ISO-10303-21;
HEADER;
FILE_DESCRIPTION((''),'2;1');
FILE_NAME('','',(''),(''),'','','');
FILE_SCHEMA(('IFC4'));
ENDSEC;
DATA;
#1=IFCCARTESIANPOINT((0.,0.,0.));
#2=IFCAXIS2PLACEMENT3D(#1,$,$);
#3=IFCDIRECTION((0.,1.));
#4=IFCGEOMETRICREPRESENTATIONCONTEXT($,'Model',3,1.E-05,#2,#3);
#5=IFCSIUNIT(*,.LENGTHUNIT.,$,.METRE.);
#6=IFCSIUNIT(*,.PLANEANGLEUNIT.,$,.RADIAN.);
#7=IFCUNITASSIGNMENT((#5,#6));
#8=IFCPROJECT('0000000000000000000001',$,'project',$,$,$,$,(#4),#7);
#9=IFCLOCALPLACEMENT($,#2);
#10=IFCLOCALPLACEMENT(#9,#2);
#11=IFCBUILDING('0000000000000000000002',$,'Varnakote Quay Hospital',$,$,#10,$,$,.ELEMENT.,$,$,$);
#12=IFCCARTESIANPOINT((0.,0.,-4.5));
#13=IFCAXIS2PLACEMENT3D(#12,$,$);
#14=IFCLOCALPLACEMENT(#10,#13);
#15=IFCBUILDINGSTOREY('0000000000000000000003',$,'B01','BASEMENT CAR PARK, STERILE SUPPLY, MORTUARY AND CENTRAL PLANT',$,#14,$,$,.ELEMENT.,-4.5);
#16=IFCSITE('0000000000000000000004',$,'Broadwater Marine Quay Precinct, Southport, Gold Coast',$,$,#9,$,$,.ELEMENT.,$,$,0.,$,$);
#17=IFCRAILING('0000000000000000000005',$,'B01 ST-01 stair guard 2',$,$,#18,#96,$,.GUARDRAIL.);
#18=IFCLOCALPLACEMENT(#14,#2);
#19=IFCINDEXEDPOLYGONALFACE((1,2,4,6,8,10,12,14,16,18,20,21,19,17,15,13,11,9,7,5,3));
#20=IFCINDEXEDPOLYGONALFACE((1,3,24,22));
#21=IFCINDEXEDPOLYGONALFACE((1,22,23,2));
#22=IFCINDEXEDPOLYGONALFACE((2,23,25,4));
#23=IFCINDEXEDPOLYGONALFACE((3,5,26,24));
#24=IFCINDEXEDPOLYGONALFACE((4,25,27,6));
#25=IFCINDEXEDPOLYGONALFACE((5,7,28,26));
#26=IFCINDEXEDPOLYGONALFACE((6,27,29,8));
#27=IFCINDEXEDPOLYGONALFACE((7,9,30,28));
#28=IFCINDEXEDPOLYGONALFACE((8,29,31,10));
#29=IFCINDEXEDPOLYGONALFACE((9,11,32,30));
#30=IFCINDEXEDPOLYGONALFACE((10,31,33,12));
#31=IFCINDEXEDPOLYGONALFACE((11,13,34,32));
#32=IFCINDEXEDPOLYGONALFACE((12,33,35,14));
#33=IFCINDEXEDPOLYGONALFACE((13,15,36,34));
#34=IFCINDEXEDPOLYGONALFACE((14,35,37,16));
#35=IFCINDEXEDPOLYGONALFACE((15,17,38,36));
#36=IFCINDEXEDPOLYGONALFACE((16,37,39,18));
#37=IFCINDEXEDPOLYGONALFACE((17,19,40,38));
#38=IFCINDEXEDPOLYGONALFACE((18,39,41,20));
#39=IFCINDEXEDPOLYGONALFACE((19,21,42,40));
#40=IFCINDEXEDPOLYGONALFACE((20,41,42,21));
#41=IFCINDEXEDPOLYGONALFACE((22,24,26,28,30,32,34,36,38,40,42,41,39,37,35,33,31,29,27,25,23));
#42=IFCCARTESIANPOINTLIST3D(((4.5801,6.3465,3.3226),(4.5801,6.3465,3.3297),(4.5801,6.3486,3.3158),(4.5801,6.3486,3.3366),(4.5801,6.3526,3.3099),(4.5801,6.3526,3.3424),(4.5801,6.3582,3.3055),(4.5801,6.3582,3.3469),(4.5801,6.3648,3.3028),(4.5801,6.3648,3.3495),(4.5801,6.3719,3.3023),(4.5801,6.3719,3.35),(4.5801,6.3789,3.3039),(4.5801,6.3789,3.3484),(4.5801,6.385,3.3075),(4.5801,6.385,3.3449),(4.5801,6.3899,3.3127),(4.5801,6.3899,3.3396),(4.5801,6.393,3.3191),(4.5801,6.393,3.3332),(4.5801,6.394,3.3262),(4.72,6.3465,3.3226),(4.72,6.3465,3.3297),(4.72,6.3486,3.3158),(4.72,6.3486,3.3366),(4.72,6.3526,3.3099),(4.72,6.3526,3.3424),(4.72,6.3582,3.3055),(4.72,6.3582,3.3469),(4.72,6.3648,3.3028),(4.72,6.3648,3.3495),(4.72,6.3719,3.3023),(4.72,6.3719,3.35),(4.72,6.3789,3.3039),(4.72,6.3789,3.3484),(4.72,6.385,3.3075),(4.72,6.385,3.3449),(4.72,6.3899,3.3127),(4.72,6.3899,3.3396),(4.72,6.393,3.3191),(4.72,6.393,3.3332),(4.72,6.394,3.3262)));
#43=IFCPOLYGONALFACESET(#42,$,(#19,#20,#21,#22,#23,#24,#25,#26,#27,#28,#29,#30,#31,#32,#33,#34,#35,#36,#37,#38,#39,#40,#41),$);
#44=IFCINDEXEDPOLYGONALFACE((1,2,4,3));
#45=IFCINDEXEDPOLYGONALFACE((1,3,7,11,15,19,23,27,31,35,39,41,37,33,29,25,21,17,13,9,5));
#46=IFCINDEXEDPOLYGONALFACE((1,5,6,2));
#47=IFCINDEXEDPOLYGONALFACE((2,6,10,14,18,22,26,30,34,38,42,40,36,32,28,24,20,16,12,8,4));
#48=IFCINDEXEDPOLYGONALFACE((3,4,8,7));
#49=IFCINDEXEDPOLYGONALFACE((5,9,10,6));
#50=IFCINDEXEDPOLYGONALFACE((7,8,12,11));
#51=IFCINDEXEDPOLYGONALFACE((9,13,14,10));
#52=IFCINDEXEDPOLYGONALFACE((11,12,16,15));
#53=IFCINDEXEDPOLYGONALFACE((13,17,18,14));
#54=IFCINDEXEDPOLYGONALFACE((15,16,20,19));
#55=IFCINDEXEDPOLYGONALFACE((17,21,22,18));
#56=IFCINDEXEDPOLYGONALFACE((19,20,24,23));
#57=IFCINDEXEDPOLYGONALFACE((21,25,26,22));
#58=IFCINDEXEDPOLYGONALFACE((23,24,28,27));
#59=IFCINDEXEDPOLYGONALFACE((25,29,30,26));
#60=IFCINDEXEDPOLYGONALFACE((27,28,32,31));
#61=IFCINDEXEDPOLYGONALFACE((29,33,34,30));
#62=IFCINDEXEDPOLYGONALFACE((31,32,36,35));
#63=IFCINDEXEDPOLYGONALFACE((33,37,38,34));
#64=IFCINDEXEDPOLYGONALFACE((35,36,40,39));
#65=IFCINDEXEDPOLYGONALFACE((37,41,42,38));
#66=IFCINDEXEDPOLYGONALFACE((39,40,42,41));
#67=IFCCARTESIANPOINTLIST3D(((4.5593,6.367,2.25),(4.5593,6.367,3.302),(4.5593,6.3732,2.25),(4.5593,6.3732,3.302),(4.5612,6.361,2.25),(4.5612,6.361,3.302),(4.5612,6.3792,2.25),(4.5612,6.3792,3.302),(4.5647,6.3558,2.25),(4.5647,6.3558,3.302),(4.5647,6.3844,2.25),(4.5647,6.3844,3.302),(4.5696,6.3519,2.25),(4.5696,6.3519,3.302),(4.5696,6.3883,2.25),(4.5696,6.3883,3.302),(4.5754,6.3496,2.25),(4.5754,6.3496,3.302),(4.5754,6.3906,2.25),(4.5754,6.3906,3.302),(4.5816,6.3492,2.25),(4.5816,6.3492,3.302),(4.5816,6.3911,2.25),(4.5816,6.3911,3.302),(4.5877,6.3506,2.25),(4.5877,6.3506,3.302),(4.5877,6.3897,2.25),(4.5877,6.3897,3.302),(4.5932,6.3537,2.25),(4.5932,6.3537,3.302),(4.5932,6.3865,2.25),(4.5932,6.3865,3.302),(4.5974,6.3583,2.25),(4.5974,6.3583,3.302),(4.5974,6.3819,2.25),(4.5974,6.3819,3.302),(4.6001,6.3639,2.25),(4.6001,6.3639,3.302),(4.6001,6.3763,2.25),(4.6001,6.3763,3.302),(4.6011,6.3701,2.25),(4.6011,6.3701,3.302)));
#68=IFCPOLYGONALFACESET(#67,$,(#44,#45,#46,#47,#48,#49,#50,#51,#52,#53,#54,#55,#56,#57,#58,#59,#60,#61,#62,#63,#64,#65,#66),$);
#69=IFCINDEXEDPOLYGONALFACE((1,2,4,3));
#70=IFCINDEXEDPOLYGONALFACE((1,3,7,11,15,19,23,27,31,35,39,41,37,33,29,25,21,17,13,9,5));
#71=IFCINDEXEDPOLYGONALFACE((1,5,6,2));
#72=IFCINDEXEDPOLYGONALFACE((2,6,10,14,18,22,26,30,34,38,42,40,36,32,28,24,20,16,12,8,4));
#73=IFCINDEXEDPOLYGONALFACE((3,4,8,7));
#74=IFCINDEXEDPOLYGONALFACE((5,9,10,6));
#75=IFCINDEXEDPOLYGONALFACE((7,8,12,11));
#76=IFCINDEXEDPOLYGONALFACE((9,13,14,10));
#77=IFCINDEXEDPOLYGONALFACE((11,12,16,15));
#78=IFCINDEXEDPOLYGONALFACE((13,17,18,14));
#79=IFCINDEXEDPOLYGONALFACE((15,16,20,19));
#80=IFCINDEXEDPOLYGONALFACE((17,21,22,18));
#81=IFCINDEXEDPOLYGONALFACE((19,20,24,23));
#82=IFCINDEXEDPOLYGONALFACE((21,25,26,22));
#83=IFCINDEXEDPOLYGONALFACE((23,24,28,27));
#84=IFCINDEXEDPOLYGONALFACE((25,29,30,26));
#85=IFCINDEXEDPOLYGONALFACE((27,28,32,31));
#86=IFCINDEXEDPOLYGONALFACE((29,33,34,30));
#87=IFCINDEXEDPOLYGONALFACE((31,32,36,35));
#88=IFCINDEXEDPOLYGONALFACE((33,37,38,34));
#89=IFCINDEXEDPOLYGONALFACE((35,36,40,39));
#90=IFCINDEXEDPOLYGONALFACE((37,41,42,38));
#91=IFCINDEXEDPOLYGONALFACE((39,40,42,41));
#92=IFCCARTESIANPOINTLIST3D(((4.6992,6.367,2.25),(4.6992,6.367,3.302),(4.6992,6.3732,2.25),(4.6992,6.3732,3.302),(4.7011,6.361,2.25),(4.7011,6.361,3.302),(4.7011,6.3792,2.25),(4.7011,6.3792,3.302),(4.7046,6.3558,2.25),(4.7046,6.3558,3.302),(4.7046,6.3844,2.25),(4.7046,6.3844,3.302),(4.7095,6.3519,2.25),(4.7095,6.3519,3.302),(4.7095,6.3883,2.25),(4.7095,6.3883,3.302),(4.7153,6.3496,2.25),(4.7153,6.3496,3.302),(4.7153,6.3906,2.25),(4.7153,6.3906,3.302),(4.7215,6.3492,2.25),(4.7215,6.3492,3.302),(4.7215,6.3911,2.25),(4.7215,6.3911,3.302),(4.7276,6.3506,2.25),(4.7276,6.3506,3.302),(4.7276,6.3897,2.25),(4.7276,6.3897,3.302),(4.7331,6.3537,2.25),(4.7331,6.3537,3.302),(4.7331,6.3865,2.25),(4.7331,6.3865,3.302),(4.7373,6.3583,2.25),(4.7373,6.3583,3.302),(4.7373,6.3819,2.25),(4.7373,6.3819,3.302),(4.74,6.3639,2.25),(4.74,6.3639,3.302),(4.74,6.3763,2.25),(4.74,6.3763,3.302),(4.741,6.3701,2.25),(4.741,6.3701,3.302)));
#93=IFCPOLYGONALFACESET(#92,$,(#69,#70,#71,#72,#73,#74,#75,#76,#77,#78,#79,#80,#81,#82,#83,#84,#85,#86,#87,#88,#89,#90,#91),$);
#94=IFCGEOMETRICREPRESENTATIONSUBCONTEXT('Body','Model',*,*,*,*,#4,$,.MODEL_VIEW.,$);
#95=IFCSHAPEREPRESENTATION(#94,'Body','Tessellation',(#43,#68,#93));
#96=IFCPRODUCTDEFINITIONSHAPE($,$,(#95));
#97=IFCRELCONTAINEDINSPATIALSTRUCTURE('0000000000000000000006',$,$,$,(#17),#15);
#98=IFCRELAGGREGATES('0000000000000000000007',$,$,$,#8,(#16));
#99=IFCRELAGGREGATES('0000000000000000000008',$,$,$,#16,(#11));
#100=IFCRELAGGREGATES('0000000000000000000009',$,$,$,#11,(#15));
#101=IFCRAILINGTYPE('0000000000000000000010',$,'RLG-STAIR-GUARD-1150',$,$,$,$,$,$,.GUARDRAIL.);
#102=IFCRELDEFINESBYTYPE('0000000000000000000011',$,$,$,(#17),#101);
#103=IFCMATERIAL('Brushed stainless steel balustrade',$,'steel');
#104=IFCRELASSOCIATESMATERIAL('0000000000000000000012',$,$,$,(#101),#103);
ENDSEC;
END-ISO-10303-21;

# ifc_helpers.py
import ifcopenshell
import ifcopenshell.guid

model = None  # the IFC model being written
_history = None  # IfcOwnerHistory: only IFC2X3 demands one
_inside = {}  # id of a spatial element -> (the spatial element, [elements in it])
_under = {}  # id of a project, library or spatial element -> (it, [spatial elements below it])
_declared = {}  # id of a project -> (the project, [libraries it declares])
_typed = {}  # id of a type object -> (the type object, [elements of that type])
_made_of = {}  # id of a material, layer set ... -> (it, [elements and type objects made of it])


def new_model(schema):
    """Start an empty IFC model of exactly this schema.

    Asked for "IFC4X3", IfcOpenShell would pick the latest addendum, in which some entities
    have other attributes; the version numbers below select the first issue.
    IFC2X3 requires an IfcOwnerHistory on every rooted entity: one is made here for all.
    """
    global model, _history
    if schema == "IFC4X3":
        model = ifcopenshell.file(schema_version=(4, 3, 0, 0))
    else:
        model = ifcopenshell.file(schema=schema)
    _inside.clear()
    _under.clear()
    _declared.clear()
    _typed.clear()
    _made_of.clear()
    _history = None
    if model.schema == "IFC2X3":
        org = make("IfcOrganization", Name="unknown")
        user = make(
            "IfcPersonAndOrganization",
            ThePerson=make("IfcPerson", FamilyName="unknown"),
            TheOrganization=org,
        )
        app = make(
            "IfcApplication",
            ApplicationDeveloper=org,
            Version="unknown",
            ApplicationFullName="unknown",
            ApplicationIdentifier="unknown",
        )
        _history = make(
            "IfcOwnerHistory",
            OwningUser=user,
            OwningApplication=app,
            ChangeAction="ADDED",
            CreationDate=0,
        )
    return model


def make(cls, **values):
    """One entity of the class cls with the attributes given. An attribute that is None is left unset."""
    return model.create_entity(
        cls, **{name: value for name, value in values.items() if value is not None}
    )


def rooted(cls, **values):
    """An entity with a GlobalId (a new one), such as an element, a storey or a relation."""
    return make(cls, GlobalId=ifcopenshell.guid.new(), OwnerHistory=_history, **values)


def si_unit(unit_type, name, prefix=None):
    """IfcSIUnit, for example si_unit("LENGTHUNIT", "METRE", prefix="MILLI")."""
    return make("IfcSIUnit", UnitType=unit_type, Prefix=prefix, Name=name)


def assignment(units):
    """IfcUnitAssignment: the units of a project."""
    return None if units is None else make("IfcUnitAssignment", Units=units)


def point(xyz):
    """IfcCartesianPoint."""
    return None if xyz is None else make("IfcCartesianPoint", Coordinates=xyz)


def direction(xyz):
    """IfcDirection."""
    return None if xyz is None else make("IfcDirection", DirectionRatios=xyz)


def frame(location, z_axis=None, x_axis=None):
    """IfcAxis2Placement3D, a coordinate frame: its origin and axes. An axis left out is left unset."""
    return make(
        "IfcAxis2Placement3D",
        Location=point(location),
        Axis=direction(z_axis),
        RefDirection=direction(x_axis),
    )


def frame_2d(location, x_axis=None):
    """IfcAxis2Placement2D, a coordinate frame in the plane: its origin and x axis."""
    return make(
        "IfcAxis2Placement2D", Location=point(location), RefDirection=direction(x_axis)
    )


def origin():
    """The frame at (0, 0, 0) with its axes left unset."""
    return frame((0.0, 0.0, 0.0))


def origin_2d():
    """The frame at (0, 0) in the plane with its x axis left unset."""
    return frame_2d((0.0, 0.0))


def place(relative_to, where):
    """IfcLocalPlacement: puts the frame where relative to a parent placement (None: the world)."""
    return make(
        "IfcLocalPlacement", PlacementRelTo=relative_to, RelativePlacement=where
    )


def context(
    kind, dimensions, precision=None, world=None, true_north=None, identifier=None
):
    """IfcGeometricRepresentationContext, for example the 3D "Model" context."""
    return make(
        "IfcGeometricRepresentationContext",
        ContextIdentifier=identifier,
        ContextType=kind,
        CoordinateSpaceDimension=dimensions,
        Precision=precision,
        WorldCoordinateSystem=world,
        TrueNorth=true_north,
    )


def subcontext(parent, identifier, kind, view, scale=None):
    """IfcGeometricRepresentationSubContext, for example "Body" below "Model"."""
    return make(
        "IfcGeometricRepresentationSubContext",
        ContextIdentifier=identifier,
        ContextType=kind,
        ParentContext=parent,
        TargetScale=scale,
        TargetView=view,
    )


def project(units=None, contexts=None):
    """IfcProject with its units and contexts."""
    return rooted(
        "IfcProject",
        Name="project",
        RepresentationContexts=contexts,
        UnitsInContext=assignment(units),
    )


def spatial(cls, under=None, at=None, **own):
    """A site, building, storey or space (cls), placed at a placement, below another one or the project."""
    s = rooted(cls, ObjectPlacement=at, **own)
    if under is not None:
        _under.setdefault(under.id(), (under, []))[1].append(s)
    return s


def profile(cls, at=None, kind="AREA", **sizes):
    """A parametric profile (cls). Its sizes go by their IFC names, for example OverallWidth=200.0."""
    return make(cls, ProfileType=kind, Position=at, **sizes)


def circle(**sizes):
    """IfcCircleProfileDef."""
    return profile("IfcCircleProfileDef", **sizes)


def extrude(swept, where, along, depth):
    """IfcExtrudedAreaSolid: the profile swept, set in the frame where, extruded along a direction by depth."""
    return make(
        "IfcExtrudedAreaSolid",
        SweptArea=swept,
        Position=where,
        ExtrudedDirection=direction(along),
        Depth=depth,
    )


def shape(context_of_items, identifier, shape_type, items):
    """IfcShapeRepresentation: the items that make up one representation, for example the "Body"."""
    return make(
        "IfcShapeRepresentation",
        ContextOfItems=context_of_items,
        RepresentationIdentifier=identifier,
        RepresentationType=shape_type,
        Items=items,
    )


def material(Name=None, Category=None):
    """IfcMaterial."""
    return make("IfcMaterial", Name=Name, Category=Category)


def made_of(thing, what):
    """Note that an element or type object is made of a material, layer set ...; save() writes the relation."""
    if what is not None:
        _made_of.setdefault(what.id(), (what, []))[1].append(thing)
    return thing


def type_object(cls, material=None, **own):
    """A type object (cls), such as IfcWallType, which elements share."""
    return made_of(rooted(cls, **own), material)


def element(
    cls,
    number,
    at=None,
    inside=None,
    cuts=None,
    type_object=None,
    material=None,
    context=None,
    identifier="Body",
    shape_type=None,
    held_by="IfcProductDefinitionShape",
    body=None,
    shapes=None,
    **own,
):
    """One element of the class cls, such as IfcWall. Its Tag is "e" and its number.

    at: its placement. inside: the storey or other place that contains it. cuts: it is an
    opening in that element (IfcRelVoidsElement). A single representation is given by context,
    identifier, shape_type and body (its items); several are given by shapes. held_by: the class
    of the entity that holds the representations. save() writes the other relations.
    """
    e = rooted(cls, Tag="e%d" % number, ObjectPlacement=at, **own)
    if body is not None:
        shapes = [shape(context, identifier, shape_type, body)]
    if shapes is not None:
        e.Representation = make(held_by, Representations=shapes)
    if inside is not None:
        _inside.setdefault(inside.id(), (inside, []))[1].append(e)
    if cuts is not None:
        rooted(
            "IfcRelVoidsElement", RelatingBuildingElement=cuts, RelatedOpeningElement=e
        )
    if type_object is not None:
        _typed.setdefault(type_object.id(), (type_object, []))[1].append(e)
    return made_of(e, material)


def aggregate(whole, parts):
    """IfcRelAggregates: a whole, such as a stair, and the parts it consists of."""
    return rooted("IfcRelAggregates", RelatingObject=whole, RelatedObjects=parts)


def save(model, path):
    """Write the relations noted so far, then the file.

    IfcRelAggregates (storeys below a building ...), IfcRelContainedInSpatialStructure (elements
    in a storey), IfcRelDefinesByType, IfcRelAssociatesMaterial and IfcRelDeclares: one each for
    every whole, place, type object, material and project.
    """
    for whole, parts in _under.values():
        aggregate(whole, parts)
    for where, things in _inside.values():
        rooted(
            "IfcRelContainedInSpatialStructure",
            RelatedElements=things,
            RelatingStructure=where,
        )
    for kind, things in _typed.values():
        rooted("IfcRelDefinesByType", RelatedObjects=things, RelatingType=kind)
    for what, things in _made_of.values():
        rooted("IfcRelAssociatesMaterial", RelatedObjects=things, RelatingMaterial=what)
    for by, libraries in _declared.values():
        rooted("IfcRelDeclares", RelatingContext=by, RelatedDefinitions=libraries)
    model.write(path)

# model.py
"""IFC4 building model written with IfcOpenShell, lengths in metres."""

from ifc_helpers import new_model, si_unit, direction, frame, origin, origin_2d, place, context, subcontext, project, spatial, circle, extrude, material, type_object, element, save


model = new_model("IFC4")

# Units and contexts
model_context = context("Model", 3, precision=1e-05, world=origin(), true_north=direction((0.0, 1.0)))
body_context = subcontext(model_context, "Body", "Model", "MODEL_VIEW")
ifc_project = project(units=[si_unit("LENGTHUNIT", "METRE"), si_unit("PLANEANGLEUNIT", "RADIAN")], contexts=[model_context])

# Site, building, storey
site_placement = place(None, origin())
site = spatial("IfcSite", under=ifc_project, at=site_placement, Name="Broadwater Marine Quay Precinct, Southport, Gold Coast", CompositionType="ELEMENT", RefElevation=0.0)
building_placement = place(site_placement, origin())
building = spatial("IfcBuilding", under=site, at=building_placement, Name="Varnakote Quay Hospital", CompositionType="ELEMENT")
storey_placement = place(building_placement, frame((0.0, 0.0, -4.5)))
storey = spatial("IfcBuildingStorey", under=building, at=storey_placement, Name="B01", Description="BASEMENT CAR PARK, STERILE SUPPLY, MORTUARY AND CENTRAL PLANT", CompositionType="ELEMENT", Elevation=-4.5)

# Railing
ifc_material_1 = material(Name="Brushed stainless steel balustrade", Category="steel")
railing_type_1 = type_object("IfcRailingType", Name="RLG-STAIR-GUARD-1150", PredefinedType="GUARDRAIL", material=ifc_material_1)
railing_1_placement = place(storey_placement, frame((4.5801, 6.3701, 2.25)))
element("IfcRailing", 1, at=railing_1_placement, inside=storey, type_object=railing_type_1, Name="B01 ST-01 stair guard 2", PredefinedType="GUARDRAIL", context=body_context, shape_type="SweptSolid", body=[
    extrude(circle(Radius=0.0239, at=origin_2d()), frame((0.0, 0.0, 1.0762), z_axis=(1.0, 0.0, 0.0), x_axis=(0.0, 1.0, 0.0)), (0.0, 0.0, 1.0), 0.1399),
    extrude(circle(Radius=0.021, at=origin_2d()), origin(), (0.0, 0.0, 1.0), 1.052),
    extrude(circle(Radius=0.021, at=origin_2d()), frame((0.1399, 0.0, 0.0)), (0.0, 0.0, 1.0), 1.052),
])

save(model, "model.ifc")
